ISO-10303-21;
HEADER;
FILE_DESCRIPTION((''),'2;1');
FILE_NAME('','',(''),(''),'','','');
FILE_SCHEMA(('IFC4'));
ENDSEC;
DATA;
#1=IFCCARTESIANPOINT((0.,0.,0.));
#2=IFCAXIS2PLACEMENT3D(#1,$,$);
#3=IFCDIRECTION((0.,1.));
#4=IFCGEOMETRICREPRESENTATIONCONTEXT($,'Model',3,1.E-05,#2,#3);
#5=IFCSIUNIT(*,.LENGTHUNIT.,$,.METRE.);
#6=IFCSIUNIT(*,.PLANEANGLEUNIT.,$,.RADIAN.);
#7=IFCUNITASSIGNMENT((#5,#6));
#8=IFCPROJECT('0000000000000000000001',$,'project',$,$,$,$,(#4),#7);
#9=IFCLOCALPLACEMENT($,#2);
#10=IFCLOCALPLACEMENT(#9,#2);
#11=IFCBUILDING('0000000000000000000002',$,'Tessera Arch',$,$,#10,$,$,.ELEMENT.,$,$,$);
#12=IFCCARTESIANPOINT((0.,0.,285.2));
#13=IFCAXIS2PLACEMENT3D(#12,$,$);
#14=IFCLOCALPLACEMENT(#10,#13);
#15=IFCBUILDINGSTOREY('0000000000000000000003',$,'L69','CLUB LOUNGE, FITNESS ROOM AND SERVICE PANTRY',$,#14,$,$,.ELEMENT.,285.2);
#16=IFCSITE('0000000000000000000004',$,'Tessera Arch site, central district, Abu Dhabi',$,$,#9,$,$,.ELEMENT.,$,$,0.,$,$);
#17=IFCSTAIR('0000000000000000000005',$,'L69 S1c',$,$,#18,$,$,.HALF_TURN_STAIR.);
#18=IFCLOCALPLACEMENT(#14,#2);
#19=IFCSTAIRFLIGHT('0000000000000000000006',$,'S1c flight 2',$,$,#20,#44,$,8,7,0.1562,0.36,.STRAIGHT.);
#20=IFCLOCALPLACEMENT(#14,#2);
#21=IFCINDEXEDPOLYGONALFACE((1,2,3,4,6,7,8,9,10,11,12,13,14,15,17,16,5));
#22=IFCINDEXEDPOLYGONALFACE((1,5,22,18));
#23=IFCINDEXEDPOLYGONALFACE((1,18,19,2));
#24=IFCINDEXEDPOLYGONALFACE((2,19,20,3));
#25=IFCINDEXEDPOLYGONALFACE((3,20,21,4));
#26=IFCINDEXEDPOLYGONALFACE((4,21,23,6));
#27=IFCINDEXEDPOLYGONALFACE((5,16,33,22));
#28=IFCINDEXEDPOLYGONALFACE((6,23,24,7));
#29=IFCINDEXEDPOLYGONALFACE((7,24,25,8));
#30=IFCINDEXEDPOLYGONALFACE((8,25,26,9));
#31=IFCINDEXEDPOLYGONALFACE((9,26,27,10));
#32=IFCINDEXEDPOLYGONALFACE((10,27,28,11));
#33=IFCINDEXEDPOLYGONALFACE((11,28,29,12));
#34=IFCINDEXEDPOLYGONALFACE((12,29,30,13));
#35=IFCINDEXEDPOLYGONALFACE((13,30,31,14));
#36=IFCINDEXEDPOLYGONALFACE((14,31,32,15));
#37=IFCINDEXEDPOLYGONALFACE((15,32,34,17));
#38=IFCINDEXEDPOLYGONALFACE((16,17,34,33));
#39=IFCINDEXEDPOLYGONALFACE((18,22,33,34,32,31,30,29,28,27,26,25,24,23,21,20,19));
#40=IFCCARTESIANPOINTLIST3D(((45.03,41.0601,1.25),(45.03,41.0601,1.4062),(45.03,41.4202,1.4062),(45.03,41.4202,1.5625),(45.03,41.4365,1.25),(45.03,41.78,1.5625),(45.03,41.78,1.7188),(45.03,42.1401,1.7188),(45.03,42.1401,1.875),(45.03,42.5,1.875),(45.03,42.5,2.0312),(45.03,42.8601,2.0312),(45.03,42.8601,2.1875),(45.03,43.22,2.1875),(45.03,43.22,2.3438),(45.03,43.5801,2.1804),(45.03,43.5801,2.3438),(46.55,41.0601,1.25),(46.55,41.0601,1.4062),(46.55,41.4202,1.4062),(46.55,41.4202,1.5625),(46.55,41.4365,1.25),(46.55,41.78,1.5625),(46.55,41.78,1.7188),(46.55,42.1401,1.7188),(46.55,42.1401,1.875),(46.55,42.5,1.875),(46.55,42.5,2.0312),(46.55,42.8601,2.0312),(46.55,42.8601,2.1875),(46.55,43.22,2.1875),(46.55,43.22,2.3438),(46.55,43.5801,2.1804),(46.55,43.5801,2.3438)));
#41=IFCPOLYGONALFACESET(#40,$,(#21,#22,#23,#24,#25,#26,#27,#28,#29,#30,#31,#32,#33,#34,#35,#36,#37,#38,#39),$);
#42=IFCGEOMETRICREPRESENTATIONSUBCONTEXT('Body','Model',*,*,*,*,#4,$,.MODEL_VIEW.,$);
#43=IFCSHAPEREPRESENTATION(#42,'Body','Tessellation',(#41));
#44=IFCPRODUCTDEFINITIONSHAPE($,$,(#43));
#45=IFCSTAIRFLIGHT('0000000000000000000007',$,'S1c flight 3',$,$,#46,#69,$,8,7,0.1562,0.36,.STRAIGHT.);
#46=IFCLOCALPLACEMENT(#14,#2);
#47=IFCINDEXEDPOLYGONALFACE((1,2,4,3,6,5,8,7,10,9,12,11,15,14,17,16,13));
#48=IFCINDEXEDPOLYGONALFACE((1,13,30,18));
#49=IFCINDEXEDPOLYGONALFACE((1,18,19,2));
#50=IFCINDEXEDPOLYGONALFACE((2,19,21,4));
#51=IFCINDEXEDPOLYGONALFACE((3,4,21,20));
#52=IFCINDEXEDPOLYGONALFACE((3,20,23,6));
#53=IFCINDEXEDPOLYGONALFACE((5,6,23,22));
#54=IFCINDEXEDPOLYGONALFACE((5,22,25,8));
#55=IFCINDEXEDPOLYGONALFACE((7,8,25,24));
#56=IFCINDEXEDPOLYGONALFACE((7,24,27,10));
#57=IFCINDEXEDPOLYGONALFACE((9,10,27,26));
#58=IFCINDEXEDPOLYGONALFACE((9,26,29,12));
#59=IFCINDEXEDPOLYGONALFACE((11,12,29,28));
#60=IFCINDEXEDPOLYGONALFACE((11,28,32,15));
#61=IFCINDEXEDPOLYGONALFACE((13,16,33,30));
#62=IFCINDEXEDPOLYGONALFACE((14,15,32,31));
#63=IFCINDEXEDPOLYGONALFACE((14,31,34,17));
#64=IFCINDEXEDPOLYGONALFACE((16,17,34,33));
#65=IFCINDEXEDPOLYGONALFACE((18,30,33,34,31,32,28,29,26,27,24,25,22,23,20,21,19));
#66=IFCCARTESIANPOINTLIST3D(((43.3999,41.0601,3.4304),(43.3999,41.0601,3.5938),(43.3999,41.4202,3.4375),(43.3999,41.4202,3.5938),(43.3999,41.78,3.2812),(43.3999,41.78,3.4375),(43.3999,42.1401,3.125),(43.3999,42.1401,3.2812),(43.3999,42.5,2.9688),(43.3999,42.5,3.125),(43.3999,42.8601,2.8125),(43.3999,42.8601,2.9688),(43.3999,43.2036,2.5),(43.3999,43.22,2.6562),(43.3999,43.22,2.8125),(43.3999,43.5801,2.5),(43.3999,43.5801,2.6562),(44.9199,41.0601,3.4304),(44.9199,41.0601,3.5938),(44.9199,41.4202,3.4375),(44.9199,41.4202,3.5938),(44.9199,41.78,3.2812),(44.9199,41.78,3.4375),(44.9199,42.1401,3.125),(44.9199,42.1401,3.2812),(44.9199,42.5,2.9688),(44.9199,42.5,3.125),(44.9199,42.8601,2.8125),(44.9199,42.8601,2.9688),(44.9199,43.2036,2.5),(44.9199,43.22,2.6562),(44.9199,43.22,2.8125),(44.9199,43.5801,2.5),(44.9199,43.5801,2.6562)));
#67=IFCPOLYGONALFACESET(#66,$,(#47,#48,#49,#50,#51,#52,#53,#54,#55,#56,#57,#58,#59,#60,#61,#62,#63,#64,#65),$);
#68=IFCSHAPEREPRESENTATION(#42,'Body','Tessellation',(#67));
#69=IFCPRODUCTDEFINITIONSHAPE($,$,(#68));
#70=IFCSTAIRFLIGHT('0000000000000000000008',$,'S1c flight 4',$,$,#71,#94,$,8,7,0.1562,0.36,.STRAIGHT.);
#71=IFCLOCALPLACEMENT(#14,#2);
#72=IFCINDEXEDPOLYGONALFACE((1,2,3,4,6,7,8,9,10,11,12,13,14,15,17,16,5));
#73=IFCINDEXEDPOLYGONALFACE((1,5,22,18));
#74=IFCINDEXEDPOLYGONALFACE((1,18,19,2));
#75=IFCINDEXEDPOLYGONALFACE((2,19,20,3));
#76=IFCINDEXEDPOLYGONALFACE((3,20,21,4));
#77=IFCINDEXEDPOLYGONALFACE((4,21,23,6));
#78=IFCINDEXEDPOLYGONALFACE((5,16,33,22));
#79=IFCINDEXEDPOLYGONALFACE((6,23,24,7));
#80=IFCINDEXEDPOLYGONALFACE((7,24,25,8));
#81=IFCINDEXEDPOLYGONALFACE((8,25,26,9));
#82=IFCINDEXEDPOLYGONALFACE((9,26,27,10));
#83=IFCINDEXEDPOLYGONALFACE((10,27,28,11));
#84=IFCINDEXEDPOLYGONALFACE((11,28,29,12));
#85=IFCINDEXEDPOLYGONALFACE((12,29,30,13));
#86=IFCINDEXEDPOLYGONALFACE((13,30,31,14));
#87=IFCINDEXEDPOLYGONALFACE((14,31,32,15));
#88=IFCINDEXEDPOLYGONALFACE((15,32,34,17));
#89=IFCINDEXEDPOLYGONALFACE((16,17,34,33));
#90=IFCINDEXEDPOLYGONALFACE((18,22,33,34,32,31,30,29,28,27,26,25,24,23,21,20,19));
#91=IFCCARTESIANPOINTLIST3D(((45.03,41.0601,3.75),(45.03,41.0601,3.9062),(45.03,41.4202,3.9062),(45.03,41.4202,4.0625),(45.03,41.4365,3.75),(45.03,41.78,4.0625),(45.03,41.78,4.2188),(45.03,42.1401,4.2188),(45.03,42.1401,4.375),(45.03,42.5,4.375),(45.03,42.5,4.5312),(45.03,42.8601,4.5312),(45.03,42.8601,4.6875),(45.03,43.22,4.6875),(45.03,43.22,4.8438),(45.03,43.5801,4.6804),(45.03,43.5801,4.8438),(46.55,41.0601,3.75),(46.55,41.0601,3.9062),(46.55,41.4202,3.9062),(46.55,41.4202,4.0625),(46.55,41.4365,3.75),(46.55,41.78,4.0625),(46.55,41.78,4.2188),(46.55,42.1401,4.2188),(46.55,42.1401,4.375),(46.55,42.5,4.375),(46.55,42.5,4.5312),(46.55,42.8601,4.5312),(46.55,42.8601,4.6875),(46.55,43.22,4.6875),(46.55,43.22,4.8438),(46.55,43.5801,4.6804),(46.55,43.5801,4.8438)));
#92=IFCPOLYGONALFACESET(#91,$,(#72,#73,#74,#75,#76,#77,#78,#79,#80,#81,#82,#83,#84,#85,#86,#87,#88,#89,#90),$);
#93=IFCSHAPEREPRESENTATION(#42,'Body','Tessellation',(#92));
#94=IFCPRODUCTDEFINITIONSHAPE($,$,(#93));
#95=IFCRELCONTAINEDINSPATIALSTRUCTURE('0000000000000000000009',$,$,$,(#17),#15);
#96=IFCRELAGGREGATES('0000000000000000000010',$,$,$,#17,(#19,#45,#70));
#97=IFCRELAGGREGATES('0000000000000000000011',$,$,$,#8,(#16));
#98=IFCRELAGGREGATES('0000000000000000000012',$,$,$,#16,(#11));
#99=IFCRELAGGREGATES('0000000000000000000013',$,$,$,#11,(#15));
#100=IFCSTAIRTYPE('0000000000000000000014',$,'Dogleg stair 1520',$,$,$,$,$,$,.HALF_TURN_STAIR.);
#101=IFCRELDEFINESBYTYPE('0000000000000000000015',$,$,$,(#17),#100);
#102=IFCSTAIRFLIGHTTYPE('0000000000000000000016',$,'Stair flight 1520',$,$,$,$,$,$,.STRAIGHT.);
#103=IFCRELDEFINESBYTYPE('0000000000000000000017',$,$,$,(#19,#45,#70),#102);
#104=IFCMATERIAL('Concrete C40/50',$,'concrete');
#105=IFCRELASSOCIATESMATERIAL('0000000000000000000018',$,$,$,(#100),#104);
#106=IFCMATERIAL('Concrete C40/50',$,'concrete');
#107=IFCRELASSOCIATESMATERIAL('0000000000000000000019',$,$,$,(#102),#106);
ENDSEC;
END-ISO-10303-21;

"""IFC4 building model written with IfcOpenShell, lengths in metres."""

from ifc_helpers import new_model, si_unit, direction, frame, origin, place, context, subcontext, project, spatial, polyline, outline, extrude, material, type_object, element, aggregate, save


model = new_model("IFC4")

# Units and contexts
model_context = context("Model", 3, precision=1e-05, world=origin(), true_north=direction((0.0, 1.0)))
body_context = subcontext(model_context, "Body", "Model", "MODEL_VIEW")
ifc_project = project(units=[si_unit("LENGTHUNIT", "METRE"), si_unit("PLANEANGLEUNIT", "RADIAN")], contexts=[model_context])

# Site, building, storey
site_placement = place(None, origin())
site = spatial("IfcSite", under=ifc_project, at=site_placement, Name="Tessera Arch site, central district, Abu Dhabi", CompositionType="ELEMENT", RefElevation=0.0)
building_placement = place(site_placement, origin())
building = spatial("IfcBuilding", under=site, at=building_placement, Name="Tessera Arch", CompositionType="ELEMENT")
storey_placement = place(building_placement, frame((0.0, 0.0, 285.2)))
storey = spatial("IfcBuildingStorey", under=building, at=storey_placement, Name="L69", Description="CLUB LOUNGE, FITNESS ROOM AND SERVICE PANTRY", CompositionType="ELEMENT", Elevation=285.2)

# Stair, stair flights
ifc_material_1 = material(Name="Concrete C40/50", Category="concrete")
stair_type = type_object("IfcStairType", Name="Dogleg stair 1520", PredefinedType="HALF_TURN_STAIR", material=ifc_material_1)
stair_placement = place(storey_placement, origin())
stair = element("IfcStair", 1, at=stair_placement, inside=storey, type_object=stair_type, Name="L69 S1c", PredefinedType="HALF_TURN_STAIR")
ifc_material_2 = material(Name="Concrete C40/50", Category="concrete")
stair_flight_type = type_object("IfcStairFlightType", Name="Stair flight 1520", PredefinedType="STRAIGHT", material=ifc_material_2)
stair_flight_1_placement = place(storey_placement, frame((45.79, 41.0601, 1.25), z_axis=(0.0, 0.0, 1.0), x_axis=(0.0, 1.0, 0.0)))
stair_flight_1 = element("IfcStairFlight", 2, at=stair_flight_1_placement, type_object=stair_flight_type, Name="S1c flight 2", NumberOfRisers=8, NumberOfTreads=7, PredefinedType="STRAIGHT", RiserHeight=0.1562, TreadLength=0.36, context=body_context, shape_type="SweptSolid", body=[
    extrude(outline(polyline([(0.0, 0.0), (0.0, 0.1562), (0.3601, 0.1562), (0.3601, 0.3125), (0.72, 0.3125), (0.72, 0.4688), (1.0801, 0.4688), (1.0801, 0.625), (1.4399, 0.625), (1.4399, 0.7812), (1.8, 0.7812), (1.8, 0.9375), (2.1599, 0.9375), (2.1599, 1.0938), (2.52, 1.0938), (2.52, 1.25), (2.52, 0.9304), (0.3765, 0.0), (0.0, 0.0)])), frame((0.0, 0.76, 0.0), z_axis=(0.0, -1.0, 0.0), x_axis=(1.0, 0.0, 0.0)), (0.0, 0.0, 1.0), 1.52),
])
stair_flight_2_placement = place(storey_placement, frame((44.1599, 43.5801, 2.5), z_axis=(0.0, 0.0, 1.0), x_axis=(0.0, -1.0, 0.0)))
stair_flight_2 = element("IfcStairFlight", 3, at=stair_flight_2_placement, type_object=stair_flight_type, Name="S1c flight 3", NumberOfRisers=8, NumberOfTreads=7, PredefinedType="STRAIGHT", RiserHeight=0.1562, TreadLength=0.36, context=body_context, shape_type="SweptSolid", body=[
    extrude(outline(polyline([(0.0, 0.0), (0.0, 0.1562), (0.3601, 0.1562), (0.3601, 0.3125), (0.72, 0.3125), (0.72, 0.4688), (1.0801, 0.4688), (1.0801, 0.625), (1.4399, 0.625), (1.4399, 0.7812), (1.8, 0.7812), (1.8, 0.9375), (2.1599, 0.9375), (2.1599, 1.0938), (2.52, 1.0938), (2.52, 1.25), (2.52, 0.9304), (0.3765, 0.0), (0.0, 0.0)])), frame((0.0, 0.76, 0.0), z_axis=(0.0, -1.0, 0.0), x_axis=(1.0, 0.0, 0.0)), (0.0, 0.0, 1.0), 1.52),
])
stair_flight_3_placement = place(storey_placement, frame((45.79, 41.0601, 3.75), z_axis=(0.0, 0.0, 1.0), x_axis=(0.0, 1.0, 0.0)))
stair_flight_3 = element("IfcStairFlight", 4, at=stair_flight_3_placement, type_object=stair_flight_type, Name="S1c flight 4", NumberOfRisers=8, NumberOfTreads=7, PredefinedType="STRAIGHT", RiserHeight=0.1562, TreadLength=0.36, context=body_context, shape_type="SweptSolid", body=[
    extrude(outline(polyline([(0.0, 0.0), (0.0, 0.1562), (0.3601, 0.1562), (0.3601, 0.3125), (0.72, 0.3125), (0.72, 0.4688), (1.0801, 0.4688), (1.0801, 0.625), (1.4399, 0.625), (1.4399, 0.7812), (1.8, 0.7812), (1.8, 0.9375), (2.1599, 0.9375), (2.1599, 1.0938), (2.52, 1.0938), (2.52, 1.25), (2.52, 0.9304), (0.3765, 0.0), (0.0, 0.0)])), frame((0.0, 0.76, 0.0), z_axis=(0.0, -1.0, 0.0), x_axis=(1.0, 0.0, 0.0)), (0.0, 0.0, 1.0), 1.52),
])
aggregate(stair, [stair_flight_1, stair_flight_2, stair_flight_3])

save(model, "model.ifc")
